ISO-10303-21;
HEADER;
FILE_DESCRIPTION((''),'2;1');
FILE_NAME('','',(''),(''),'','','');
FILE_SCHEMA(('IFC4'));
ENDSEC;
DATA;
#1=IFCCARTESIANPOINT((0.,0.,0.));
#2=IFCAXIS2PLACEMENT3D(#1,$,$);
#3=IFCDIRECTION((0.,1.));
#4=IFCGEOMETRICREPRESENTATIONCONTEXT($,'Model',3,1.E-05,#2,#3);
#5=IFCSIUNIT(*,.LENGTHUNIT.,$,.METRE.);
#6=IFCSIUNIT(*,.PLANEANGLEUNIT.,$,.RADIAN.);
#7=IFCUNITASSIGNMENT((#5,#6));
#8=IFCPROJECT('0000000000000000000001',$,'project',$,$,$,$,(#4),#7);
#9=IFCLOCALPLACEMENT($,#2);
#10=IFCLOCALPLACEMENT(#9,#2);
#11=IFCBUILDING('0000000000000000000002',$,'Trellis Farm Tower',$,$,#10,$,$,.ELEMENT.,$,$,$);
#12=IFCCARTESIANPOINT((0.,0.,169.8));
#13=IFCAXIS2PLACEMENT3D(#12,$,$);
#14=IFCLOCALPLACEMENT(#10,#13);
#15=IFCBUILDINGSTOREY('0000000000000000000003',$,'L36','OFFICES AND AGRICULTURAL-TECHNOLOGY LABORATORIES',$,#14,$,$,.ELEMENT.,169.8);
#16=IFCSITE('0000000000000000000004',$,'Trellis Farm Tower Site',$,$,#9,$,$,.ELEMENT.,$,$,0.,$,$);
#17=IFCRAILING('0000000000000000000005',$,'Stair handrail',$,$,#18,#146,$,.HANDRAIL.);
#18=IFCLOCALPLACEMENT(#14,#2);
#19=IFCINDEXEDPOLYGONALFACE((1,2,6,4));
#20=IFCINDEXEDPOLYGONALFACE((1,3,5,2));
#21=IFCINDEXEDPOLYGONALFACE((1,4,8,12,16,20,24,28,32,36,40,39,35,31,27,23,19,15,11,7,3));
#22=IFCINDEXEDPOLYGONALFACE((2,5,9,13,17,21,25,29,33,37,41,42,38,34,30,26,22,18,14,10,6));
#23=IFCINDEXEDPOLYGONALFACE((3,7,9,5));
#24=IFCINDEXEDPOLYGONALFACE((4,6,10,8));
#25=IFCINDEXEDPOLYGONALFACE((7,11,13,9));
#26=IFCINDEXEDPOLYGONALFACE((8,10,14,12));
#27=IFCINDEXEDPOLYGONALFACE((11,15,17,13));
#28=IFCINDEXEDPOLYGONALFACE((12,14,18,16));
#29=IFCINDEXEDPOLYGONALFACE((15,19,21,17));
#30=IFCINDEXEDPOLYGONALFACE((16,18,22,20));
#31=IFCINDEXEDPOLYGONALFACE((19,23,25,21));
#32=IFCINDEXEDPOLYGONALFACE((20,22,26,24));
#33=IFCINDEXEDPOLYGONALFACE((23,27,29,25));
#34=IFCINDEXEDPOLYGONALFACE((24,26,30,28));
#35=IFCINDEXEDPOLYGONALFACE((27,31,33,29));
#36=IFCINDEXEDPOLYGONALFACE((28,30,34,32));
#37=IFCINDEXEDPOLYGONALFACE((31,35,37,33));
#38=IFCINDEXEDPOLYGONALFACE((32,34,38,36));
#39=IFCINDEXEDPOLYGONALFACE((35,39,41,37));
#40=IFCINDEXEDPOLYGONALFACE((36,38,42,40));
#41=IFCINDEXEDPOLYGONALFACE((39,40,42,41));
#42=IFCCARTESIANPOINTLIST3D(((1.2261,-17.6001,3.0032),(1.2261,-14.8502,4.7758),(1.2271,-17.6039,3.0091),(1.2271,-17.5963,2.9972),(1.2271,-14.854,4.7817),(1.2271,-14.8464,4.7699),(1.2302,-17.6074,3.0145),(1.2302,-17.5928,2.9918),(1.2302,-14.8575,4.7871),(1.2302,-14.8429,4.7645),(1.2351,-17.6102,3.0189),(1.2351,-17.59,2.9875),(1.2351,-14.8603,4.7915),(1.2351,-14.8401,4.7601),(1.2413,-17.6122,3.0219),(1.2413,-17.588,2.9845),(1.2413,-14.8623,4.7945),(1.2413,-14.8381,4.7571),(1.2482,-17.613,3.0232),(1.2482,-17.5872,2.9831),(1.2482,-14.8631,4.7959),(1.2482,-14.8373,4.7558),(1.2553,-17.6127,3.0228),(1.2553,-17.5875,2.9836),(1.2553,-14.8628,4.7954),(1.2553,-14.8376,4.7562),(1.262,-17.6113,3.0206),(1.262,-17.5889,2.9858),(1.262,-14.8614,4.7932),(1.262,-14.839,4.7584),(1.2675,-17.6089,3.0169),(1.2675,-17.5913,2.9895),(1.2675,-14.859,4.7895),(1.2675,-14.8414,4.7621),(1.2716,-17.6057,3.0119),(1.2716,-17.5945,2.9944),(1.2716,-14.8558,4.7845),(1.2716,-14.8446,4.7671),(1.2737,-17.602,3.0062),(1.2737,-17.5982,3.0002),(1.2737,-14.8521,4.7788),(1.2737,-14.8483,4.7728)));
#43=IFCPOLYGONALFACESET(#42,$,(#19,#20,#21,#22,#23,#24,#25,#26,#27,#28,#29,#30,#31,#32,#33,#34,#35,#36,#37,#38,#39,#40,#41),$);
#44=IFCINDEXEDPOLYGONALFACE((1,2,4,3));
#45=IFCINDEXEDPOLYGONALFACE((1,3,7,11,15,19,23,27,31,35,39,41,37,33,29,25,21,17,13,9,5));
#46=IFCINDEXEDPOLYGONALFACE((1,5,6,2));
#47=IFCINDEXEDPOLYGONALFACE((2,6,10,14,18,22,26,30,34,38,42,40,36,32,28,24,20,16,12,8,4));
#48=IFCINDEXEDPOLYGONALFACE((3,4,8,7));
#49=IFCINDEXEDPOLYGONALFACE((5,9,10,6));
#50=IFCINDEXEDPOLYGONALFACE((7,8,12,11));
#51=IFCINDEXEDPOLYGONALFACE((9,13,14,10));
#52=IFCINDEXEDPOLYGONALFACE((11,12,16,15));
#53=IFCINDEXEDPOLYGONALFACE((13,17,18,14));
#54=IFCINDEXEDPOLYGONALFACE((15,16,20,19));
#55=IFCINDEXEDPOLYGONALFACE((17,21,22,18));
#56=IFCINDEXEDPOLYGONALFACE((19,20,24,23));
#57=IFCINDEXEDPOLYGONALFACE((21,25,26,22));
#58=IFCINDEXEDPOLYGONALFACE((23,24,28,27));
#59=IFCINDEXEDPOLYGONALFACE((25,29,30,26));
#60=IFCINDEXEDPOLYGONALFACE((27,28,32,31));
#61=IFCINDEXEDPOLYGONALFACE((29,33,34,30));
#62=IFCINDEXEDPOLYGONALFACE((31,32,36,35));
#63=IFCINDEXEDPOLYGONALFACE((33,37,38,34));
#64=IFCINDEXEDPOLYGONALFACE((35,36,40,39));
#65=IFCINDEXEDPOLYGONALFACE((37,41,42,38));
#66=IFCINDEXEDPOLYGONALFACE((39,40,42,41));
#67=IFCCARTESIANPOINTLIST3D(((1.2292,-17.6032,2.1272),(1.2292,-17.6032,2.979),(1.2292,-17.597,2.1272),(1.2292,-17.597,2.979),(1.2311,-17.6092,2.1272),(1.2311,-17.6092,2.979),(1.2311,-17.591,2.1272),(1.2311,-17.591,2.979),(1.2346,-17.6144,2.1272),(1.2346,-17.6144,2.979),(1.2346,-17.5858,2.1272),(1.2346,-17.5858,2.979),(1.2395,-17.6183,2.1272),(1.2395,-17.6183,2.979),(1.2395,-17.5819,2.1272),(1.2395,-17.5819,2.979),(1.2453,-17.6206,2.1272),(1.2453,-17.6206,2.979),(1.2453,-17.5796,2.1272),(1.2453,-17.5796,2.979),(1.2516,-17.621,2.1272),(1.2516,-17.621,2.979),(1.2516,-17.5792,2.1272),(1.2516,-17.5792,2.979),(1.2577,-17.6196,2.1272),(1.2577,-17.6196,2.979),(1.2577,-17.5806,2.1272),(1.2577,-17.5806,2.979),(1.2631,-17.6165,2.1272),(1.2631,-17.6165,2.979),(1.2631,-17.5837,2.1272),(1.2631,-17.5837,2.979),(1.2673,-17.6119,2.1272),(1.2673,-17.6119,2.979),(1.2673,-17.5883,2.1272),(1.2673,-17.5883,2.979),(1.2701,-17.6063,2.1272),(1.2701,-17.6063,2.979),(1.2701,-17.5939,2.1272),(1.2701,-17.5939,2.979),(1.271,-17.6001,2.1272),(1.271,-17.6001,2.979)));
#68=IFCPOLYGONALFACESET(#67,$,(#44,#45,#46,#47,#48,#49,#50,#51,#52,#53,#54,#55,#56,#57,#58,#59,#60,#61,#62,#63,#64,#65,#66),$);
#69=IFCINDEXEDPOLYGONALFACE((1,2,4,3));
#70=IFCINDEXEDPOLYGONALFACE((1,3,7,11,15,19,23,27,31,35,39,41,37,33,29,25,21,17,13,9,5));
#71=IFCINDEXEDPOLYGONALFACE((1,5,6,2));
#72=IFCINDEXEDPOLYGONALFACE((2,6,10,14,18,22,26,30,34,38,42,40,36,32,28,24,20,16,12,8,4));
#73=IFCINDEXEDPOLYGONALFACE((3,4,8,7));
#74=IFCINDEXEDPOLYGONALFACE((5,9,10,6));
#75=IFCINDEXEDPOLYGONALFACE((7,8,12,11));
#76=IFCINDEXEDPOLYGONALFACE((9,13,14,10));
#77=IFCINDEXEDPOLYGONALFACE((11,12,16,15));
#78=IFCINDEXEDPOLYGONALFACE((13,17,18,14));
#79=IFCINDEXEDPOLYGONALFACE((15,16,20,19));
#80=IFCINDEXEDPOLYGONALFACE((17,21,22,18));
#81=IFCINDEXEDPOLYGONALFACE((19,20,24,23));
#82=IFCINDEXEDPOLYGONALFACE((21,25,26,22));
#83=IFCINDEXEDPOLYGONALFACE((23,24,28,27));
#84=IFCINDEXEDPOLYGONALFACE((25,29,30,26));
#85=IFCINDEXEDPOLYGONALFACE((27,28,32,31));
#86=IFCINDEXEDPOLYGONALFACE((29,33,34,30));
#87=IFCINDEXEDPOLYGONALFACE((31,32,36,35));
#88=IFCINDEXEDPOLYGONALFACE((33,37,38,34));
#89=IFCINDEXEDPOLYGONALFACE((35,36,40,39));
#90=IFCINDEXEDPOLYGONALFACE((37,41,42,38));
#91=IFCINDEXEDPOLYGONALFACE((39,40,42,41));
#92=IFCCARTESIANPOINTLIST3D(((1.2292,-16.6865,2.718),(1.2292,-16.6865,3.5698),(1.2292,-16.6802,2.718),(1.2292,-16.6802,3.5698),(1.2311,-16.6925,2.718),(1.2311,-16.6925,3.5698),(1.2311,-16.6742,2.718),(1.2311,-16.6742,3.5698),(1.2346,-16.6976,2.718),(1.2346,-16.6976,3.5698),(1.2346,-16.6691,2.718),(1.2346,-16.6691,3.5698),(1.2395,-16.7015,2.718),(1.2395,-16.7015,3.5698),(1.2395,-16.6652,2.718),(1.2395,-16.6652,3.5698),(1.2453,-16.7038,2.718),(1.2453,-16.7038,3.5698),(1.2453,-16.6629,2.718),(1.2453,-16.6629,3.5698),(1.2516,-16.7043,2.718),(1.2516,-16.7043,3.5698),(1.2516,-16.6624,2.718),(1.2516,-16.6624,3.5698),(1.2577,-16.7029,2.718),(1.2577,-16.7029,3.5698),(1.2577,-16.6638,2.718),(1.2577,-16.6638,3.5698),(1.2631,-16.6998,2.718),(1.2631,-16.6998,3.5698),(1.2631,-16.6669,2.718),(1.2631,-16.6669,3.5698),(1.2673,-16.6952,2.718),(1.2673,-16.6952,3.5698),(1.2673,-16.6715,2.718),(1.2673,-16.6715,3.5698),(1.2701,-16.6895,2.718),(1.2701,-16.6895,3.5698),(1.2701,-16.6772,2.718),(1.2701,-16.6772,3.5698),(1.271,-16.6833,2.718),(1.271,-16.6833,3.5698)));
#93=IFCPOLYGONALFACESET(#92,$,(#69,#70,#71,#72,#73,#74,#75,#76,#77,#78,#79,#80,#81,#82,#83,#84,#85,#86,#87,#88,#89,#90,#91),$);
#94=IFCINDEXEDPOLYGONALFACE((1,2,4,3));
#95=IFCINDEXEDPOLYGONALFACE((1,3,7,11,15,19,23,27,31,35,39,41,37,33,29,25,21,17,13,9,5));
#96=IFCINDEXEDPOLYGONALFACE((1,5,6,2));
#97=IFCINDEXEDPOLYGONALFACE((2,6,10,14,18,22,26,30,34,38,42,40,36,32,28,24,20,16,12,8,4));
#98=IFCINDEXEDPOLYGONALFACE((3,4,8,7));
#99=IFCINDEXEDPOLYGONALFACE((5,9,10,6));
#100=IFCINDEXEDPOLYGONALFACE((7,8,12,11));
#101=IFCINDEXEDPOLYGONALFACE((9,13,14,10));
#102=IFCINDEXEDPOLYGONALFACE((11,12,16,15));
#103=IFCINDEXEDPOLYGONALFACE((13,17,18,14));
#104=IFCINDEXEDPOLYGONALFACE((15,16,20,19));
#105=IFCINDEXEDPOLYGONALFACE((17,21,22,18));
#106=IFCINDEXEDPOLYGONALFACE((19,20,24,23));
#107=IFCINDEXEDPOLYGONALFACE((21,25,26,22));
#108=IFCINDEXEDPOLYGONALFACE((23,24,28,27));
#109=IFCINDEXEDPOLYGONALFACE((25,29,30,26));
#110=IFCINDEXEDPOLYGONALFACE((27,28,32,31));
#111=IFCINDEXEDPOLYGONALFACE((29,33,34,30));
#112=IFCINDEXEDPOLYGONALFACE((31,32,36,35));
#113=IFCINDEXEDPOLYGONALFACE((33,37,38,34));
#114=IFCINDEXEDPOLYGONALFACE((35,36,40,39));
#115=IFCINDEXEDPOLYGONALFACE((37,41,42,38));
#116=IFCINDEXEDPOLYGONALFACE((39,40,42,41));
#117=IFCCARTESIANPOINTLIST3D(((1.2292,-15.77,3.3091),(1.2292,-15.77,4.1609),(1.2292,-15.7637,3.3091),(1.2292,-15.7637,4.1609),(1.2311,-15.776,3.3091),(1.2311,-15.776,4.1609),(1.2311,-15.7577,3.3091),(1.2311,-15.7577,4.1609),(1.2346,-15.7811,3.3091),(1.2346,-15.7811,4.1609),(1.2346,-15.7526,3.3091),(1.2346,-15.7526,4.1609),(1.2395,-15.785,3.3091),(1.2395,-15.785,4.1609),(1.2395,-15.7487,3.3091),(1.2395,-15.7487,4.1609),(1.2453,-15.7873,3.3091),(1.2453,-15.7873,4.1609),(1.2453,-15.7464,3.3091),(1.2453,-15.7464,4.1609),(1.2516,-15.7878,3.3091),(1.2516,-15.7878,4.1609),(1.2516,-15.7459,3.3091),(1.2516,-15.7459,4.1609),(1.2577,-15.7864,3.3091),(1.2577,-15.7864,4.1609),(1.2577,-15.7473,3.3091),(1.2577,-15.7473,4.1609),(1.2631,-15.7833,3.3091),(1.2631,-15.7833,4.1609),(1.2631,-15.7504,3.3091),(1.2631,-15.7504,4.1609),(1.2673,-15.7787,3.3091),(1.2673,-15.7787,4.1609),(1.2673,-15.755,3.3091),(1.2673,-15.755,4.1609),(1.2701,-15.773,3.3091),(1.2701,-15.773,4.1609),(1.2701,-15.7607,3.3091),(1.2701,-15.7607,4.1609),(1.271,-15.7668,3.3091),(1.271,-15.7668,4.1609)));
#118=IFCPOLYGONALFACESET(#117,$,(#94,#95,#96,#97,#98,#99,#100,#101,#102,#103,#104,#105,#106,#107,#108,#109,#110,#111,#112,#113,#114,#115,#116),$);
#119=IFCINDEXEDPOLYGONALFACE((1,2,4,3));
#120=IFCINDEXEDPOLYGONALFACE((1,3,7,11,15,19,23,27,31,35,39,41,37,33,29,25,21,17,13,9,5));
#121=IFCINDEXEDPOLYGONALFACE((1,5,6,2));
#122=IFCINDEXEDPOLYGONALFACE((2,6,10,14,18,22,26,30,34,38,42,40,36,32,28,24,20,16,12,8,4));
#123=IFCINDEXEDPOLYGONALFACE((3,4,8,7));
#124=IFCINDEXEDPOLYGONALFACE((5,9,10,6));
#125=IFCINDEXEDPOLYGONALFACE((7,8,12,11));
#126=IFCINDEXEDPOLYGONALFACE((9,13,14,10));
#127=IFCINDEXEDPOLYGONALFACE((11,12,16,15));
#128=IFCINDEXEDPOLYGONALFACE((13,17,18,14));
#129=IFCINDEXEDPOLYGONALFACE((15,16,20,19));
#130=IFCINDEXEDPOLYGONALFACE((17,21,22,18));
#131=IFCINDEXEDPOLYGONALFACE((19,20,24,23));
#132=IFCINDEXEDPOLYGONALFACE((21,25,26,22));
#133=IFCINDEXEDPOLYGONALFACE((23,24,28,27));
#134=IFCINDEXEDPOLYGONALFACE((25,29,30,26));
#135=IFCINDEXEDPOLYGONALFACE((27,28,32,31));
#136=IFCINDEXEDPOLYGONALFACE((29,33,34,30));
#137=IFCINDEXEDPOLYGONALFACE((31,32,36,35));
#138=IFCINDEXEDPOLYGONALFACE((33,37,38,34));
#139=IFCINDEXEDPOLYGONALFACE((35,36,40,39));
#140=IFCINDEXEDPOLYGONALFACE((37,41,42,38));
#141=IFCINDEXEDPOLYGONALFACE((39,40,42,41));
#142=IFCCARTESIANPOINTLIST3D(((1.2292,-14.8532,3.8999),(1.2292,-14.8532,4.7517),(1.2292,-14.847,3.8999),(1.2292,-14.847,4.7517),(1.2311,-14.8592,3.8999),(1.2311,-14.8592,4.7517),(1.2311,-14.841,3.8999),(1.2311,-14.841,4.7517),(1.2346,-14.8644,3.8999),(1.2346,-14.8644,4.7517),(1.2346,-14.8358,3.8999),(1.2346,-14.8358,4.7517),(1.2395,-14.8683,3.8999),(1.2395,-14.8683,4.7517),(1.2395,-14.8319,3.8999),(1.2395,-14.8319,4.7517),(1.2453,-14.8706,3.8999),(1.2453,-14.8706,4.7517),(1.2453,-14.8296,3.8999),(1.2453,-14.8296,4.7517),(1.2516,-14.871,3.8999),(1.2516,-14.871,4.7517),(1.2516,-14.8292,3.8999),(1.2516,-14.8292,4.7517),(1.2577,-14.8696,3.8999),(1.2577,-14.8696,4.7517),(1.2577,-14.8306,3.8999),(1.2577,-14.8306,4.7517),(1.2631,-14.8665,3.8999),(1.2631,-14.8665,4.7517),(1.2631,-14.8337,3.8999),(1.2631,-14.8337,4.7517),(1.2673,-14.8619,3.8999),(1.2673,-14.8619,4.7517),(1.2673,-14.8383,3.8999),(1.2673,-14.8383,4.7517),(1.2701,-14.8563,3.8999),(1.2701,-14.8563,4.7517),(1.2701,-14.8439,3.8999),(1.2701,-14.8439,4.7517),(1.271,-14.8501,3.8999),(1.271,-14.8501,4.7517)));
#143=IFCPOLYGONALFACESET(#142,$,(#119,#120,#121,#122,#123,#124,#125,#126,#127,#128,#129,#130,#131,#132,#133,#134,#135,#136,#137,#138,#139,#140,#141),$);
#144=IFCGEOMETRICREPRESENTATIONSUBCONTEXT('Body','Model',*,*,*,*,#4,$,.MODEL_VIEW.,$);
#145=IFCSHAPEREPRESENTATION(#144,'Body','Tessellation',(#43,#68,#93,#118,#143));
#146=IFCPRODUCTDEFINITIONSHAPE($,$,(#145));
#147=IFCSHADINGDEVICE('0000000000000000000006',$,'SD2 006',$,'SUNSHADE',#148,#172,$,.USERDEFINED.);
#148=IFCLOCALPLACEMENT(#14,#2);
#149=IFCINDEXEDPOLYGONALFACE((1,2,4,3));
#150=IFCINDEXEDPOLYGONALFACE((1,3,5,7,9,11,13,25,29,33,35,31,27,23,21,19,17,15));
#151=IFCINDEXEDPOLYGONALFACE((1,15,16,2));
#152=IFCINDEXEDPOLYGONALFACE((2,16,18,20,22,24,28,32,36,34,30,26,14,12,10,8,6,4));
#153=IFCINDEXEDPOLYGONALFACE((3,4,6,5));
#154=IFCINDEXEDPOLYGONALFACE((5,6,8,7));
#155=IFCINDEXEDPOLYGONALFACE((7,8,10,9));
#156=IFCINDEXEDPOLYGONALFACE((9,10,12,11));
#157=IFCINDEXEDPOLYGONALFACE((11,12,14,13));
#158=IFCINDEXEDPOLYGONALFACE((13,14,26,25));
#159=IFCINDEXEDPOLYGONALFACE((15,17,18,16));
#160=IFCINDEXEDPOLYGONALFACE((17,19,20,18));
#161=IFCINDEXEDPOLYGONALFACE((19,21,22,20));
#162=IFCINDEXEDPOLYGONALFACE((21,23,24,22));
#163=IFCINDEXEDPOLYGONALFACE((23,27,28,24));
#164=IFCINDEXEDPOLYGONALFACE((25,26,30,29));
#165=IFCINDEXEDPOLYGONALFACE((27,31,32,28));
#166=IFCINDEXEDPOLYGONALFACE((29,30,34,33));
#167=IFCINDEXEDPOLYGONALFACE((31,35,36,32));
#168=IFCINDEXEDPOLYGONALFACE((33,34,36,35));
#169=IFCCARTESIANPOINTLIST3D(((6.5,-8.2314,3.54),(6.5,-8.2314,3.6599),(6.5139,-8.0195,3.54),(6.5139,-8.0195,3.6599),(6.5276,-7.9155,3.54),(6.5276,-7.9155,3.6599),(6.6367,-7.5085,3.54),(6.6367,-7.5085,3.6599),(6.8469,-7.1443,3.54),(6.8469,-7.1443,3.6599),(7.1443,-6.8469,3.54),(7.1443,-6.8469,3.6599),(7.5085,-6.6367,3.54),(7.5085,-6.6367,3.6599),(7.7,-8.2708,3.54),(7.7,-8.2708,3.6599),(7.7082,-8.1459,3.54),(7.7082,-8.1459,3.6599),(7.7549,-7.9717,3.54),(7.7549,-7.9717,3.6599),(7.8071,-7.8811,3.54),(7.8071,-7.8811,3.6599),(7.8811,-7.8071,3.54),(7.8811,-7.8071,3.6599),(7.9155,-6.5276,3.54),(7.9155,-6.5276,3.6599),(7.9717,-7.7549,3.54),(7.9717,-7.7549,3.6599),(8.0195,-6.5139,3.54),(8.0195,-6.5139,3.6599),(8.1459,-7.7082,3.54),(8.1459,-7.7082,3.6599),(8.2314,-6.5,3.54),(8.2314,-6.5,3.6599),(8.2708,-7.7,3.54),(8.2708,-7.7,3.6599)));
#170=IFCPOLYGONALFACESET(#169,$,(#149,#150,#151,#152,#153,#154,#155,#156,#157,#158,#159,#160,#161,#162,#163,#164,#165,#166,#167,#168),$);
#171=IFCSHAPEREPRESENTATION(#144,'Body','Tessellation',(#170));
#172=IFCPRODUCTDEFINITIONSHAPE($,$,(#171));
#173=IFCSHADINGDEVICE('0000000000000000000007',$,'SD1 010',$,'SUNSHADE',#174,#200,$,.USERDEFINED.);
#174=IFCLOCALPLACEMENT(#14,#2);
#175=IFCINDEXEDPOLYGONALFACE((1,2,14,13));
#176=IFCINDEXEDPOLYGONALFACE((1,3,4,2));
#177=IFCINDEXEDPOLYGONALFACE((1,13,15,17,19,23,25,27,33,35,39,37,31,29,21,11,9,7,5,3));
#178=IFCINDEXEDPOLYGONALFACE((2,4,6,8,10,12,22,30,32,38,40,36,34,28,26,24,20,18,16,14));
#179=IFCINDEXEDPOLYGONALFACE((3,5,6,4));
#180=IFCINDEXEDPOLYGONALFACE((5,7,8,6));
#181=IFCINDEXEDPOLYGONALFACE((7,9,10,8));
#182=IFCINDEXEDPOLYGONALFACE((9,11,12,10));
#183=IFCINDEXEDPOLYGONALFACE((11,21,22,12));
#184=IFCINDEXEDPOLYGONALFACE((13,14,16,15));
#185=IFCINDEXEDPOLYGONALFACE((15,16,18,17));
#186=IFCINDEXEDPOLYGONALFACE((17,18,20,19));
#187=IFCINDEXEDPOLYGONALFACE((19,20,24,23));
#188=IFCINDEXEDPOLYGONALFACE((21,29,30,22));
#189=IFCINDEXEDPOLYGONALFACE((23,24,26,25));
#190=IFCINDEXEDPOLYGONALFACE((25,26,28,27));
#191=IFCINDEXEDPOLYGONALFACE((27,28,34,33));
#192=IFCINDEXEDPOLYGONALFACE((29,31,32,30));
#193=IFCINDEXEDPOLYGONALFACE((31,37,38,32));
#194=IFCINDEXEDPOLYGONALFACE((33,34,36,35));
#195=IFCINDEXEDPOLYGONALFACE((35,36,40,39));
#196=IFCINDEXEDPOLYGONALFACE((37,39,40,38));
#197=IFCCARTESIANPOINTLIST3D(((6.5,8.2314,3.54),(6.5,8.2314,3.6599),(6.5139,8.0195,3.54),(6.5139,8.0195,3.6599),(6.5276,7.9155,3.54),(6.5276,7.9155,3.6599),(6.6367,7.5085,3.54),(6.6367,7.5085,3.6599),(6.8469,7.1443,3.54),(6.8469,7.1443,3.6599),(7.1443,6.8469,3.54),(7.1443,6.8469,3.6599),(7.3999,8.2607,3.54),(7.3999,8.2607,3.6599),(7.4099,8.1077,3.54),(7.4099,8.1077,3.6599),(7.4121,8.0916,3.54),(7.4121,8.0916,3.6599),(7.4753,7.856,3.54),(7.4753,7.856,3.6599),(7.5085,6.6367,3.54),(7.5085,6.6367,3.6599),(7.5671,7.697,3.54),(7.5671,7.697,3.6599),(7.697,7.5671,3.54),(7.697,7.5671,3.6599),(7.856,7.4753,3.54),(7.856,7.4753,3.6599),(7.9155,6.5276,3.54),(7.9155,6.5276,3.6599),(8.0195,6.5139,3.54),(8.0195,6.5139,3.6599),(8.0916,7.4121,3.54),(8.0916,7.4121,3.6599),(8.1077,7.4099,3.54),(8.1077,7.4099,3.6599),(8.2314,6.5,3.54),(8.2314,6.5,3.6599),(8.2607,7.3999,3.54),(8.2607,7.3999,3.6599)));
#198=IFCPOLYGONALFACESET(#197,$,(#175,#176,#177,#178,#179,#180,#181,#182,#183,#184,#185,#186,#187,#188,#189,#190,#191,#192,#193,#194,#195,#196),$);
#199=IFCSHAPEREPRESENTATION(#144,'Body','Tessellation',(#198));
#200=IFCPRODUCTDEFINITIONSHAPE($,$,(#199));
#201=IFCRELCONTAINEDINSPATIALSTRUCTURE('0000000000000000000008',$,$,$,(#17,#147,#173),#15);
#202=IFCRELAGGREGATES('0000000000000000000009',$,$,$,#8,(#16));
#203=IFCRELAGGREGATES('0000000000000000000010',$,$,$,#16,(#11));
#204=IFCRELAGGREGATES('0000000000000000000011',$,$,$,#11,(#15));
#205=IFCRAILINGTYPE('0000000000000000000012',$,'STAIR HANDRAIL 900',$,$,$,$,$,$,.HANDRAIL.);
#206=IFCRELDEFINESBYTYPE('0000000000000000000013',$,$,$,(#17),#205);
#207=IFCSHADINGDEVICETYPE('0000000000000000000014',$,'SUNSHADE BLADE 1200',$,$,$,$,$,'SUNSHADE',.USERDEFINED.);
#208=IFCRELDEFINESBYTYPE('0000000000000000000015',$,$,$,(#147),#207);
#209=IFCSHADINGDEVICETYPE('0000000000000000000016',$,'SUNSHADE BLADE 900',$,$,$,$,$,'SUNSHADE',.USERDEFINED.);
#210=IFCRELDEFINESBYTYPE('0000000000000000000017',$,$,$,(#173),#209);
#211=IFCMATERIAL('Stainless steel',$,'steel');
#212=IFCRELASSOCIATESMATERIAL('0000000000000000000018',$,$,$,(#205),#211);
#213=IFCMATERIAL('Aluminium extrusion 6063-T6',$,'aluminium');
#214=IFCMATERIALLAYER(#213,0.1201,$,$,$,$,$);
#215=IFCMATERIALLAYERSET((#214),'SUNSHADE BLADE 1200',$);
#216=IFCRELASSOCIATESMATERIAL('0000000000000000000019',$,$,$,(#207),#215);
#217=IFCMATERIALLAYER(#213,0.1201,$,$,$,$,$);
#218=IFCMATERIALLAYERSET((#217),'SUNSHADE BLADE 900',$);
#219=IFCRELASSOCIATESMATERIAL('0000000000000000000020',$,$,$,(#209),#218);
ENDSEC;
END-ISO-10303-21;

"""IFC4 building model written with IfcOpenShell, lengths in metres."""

from ifc_helpers import new_model, si_unit, direction, frame, origin, origin_2d, place, context, subcontext, project, spatial, polyline, circle, outline, extrude, source, transform, mapped, material, layer, layer_set, type_object, element, save


model = new_model("IFC4")

# Units and contexts
model_context = context("Model", 3, precision=1e-05, world=origin(), true_north=direction((0.0, 1.0)))
body_context = subcontext(model_context, "Body", "Model", "MODEL_VIEW")
ifc_project = project(units=[si_unit("LENGTHUNIT", "METRE"), si_unit("PLANEANGLEUNIT", "RADIAN")], contexts=[model_context])

# Site, building, storey
site_placement = place(None, origin())
site = spatial("IfcSite", under=ifc_project, at=site_placement, Name="Trellis Farm Tower Site", CompositionType="ELEMENT", RefElevation=0.0)
building_placement = place(site_placement, origin())
building = spatial("IfcBuilding", under=site, at=building_placement, Name="Trellis Farm Tower", CompositionType="ELEMENT")
storey_placement = place(building_placement, frame((0.0, 0.0, 169.8)))
storey = spatial("IfcBuildingStorey", under=building, at=storey_placement, Name="L36", Description="OFFICES AND AGRICULTURAL-TECHNOLOGY LABORATORIES", CompositionType="ELEMENT", Elevation=169.8)

# Shared definitions
ifc_material_1 = material(Name="Aluminium extrusion 6063-T6", Category="aluminium")

# Railing
ifc_material_2 = material(Name="Stainless steel", Category="steel")
railing_type_1 = type_object("IfcRailingType", Name="STAIR HANDRAIL 900", PredefinedType="HANDRAIL", material=ifc_material_2)
shared_shape_1 = source(origin(), body_context, "Body", "SweptSolid", [
    extrude(circle(Radius=0.0239, at=origin_2d()), frame((0.0, 0.0, 0.876), z_axis=(0.0, 0.840504, 0.541806), x_axis=(-1.0, 0.0, 0.0)), (0.0, 0.0, 1.0), 3.2717),
    extrude(circle(Radius=0.021, at=origin_2d()), origin(), (0.0, 0.0, 1.0), 0.8518),
    extrude(circle(Radius=0.021, at=origin_2d()), frame((0.0, 0.9167, 0.5908)), (0.0, 0.0, 1.0), 0.8518),
    extrude(circle(Radius=0.021, at=origin_2d()), frame((0.0, 1.8333, 1.1819)), (0.0, 0.0, 1.0), 0.8518),
    extrude(circle(Radius=0.021, at=origin_2d()), frame((0.0, 2.75, 1.7727)), (0.0, 0.0, 1.0), 0.8518),
])
railing_1_placement = place(storey_placement, frame((1.25, -17.6001, 2.1272)))
element("IfcRailing", 1, at=railing_1_placement, inside=storey, type_object=railing_type_1, Name="Stair handrail", PredefinedType="HANDRAIL", context=body_context, shape_type="MappedRepresentation", body=[
    mapped(shared_shape_1, transform((0.0, 0.0, 0.0))),
])

# Shading devices
ifc_layer_1 = layer(ifc_material_1, 0.1201)
ifc_layer_set_1 = layer_set([ifc_layer_1], Name="SUNSHADE BLADE 1200")
shading_device_type_1 = type_object("IfcShadingDeviceType", Name="SUNSHADE BLADE 1200", ElementType="SUNSHADE", PredefinedType="USERDEFINED", material=ifc_layer_set_1)
shared_shape_2 = source(origin(), body_context, "Body", "SweptSolid", [
    extrude(outline(polyline([(7.7, -8.2708), (7.7087, -8.1372), (7.707, -8.1501), (7.7549, -7.9717), (7.8071, -7.8811), (7.8811, -7.8071), (7.9717, -7.7549), (8.1501, -7.707), (8.1372, -7.7087), (8.2708, -7.7), (8.2314, -6.5), (8.0195, -6.5139), (7.9155, -6.5276), (7.5085, -6.6367), (7.1443, -6.8469), (6.8469, -7.1443), (6.6367, -7.5085), (6.5276, -7.9155), (6.5139, -8.0195), (6.5, -8.2314), (7.7, -8.2708)])), origin(), (0.0, 0.0, 1.0), 0.1199),
])
placement_1 = place(storey_placement, frame((0.0, 0.0, 3.54)))
element("IfcShadingDevice", 2, at=placement_1, inside=storey, type_object=shading_device_type_1, Name="SD2 006", ObjectType="SUNSHADE", PredefinedType="USERDEFINED", context=body_context, shape_type="MappedRepresentation", body=[
    mapped(shared_shape_2, transform((0.0, 0.0, 0.0))),
])
ifc_layer_2 = layer(ifc_material_1, 0.1201)
ifc_layer_set_2 = layer_set([ifc_layer_2], Name="SUNSHADE BLADE 900")
shading_device_type_2 = type_object("IfcShadingDeviceType", Name="SUNSHADE BLADE 900", ElementType="SUNSHADE", PredefinedType="USERDEFINED", material=ifc_layer_set_2)
shared_shape_3 = source(origin(), body_context, "Body", "SweptSolid", [
    extrude(outline(polyline([(8.2607, 7.3999), (8.1077, 7.4099), (8.0916, 7.4121), (7.856, 7.4753), (7.697, 7.5671), (7.5671, 7.697), (7.4753, 7.856), (7.4121, 8.0916), (7.4099, 8.1077), (7.3999, 8.2607), (6.5, 8.2314), (6.5139, 8.0195), (6.5276, 7.9155), (6.6367, 7.5085), (6.8469, 7.1443), (7.1443, 6.8469), (7.5085, 6.6367), (7.9155, 6.5276), (8.0195, 6.5139), (8.2314, 6.5), (8.2607, 7.3999)])), origin(), (0.0, 0.0, 1.0), 0.1199),
])
element("IfcShadingDevice", 3, at=placement_1, inside=storey, type_object=shading_device_type_2, Name="SD1 010", ObjectType="SUNSHADE", PredefinedType="USERDEFINED", context=body_context, shape_type="MappedRepresentation", body=[
    mapped(shared_shape_3, transform((0.0, 0.0, 0.0))),
])

save(model, "model.ifc")
